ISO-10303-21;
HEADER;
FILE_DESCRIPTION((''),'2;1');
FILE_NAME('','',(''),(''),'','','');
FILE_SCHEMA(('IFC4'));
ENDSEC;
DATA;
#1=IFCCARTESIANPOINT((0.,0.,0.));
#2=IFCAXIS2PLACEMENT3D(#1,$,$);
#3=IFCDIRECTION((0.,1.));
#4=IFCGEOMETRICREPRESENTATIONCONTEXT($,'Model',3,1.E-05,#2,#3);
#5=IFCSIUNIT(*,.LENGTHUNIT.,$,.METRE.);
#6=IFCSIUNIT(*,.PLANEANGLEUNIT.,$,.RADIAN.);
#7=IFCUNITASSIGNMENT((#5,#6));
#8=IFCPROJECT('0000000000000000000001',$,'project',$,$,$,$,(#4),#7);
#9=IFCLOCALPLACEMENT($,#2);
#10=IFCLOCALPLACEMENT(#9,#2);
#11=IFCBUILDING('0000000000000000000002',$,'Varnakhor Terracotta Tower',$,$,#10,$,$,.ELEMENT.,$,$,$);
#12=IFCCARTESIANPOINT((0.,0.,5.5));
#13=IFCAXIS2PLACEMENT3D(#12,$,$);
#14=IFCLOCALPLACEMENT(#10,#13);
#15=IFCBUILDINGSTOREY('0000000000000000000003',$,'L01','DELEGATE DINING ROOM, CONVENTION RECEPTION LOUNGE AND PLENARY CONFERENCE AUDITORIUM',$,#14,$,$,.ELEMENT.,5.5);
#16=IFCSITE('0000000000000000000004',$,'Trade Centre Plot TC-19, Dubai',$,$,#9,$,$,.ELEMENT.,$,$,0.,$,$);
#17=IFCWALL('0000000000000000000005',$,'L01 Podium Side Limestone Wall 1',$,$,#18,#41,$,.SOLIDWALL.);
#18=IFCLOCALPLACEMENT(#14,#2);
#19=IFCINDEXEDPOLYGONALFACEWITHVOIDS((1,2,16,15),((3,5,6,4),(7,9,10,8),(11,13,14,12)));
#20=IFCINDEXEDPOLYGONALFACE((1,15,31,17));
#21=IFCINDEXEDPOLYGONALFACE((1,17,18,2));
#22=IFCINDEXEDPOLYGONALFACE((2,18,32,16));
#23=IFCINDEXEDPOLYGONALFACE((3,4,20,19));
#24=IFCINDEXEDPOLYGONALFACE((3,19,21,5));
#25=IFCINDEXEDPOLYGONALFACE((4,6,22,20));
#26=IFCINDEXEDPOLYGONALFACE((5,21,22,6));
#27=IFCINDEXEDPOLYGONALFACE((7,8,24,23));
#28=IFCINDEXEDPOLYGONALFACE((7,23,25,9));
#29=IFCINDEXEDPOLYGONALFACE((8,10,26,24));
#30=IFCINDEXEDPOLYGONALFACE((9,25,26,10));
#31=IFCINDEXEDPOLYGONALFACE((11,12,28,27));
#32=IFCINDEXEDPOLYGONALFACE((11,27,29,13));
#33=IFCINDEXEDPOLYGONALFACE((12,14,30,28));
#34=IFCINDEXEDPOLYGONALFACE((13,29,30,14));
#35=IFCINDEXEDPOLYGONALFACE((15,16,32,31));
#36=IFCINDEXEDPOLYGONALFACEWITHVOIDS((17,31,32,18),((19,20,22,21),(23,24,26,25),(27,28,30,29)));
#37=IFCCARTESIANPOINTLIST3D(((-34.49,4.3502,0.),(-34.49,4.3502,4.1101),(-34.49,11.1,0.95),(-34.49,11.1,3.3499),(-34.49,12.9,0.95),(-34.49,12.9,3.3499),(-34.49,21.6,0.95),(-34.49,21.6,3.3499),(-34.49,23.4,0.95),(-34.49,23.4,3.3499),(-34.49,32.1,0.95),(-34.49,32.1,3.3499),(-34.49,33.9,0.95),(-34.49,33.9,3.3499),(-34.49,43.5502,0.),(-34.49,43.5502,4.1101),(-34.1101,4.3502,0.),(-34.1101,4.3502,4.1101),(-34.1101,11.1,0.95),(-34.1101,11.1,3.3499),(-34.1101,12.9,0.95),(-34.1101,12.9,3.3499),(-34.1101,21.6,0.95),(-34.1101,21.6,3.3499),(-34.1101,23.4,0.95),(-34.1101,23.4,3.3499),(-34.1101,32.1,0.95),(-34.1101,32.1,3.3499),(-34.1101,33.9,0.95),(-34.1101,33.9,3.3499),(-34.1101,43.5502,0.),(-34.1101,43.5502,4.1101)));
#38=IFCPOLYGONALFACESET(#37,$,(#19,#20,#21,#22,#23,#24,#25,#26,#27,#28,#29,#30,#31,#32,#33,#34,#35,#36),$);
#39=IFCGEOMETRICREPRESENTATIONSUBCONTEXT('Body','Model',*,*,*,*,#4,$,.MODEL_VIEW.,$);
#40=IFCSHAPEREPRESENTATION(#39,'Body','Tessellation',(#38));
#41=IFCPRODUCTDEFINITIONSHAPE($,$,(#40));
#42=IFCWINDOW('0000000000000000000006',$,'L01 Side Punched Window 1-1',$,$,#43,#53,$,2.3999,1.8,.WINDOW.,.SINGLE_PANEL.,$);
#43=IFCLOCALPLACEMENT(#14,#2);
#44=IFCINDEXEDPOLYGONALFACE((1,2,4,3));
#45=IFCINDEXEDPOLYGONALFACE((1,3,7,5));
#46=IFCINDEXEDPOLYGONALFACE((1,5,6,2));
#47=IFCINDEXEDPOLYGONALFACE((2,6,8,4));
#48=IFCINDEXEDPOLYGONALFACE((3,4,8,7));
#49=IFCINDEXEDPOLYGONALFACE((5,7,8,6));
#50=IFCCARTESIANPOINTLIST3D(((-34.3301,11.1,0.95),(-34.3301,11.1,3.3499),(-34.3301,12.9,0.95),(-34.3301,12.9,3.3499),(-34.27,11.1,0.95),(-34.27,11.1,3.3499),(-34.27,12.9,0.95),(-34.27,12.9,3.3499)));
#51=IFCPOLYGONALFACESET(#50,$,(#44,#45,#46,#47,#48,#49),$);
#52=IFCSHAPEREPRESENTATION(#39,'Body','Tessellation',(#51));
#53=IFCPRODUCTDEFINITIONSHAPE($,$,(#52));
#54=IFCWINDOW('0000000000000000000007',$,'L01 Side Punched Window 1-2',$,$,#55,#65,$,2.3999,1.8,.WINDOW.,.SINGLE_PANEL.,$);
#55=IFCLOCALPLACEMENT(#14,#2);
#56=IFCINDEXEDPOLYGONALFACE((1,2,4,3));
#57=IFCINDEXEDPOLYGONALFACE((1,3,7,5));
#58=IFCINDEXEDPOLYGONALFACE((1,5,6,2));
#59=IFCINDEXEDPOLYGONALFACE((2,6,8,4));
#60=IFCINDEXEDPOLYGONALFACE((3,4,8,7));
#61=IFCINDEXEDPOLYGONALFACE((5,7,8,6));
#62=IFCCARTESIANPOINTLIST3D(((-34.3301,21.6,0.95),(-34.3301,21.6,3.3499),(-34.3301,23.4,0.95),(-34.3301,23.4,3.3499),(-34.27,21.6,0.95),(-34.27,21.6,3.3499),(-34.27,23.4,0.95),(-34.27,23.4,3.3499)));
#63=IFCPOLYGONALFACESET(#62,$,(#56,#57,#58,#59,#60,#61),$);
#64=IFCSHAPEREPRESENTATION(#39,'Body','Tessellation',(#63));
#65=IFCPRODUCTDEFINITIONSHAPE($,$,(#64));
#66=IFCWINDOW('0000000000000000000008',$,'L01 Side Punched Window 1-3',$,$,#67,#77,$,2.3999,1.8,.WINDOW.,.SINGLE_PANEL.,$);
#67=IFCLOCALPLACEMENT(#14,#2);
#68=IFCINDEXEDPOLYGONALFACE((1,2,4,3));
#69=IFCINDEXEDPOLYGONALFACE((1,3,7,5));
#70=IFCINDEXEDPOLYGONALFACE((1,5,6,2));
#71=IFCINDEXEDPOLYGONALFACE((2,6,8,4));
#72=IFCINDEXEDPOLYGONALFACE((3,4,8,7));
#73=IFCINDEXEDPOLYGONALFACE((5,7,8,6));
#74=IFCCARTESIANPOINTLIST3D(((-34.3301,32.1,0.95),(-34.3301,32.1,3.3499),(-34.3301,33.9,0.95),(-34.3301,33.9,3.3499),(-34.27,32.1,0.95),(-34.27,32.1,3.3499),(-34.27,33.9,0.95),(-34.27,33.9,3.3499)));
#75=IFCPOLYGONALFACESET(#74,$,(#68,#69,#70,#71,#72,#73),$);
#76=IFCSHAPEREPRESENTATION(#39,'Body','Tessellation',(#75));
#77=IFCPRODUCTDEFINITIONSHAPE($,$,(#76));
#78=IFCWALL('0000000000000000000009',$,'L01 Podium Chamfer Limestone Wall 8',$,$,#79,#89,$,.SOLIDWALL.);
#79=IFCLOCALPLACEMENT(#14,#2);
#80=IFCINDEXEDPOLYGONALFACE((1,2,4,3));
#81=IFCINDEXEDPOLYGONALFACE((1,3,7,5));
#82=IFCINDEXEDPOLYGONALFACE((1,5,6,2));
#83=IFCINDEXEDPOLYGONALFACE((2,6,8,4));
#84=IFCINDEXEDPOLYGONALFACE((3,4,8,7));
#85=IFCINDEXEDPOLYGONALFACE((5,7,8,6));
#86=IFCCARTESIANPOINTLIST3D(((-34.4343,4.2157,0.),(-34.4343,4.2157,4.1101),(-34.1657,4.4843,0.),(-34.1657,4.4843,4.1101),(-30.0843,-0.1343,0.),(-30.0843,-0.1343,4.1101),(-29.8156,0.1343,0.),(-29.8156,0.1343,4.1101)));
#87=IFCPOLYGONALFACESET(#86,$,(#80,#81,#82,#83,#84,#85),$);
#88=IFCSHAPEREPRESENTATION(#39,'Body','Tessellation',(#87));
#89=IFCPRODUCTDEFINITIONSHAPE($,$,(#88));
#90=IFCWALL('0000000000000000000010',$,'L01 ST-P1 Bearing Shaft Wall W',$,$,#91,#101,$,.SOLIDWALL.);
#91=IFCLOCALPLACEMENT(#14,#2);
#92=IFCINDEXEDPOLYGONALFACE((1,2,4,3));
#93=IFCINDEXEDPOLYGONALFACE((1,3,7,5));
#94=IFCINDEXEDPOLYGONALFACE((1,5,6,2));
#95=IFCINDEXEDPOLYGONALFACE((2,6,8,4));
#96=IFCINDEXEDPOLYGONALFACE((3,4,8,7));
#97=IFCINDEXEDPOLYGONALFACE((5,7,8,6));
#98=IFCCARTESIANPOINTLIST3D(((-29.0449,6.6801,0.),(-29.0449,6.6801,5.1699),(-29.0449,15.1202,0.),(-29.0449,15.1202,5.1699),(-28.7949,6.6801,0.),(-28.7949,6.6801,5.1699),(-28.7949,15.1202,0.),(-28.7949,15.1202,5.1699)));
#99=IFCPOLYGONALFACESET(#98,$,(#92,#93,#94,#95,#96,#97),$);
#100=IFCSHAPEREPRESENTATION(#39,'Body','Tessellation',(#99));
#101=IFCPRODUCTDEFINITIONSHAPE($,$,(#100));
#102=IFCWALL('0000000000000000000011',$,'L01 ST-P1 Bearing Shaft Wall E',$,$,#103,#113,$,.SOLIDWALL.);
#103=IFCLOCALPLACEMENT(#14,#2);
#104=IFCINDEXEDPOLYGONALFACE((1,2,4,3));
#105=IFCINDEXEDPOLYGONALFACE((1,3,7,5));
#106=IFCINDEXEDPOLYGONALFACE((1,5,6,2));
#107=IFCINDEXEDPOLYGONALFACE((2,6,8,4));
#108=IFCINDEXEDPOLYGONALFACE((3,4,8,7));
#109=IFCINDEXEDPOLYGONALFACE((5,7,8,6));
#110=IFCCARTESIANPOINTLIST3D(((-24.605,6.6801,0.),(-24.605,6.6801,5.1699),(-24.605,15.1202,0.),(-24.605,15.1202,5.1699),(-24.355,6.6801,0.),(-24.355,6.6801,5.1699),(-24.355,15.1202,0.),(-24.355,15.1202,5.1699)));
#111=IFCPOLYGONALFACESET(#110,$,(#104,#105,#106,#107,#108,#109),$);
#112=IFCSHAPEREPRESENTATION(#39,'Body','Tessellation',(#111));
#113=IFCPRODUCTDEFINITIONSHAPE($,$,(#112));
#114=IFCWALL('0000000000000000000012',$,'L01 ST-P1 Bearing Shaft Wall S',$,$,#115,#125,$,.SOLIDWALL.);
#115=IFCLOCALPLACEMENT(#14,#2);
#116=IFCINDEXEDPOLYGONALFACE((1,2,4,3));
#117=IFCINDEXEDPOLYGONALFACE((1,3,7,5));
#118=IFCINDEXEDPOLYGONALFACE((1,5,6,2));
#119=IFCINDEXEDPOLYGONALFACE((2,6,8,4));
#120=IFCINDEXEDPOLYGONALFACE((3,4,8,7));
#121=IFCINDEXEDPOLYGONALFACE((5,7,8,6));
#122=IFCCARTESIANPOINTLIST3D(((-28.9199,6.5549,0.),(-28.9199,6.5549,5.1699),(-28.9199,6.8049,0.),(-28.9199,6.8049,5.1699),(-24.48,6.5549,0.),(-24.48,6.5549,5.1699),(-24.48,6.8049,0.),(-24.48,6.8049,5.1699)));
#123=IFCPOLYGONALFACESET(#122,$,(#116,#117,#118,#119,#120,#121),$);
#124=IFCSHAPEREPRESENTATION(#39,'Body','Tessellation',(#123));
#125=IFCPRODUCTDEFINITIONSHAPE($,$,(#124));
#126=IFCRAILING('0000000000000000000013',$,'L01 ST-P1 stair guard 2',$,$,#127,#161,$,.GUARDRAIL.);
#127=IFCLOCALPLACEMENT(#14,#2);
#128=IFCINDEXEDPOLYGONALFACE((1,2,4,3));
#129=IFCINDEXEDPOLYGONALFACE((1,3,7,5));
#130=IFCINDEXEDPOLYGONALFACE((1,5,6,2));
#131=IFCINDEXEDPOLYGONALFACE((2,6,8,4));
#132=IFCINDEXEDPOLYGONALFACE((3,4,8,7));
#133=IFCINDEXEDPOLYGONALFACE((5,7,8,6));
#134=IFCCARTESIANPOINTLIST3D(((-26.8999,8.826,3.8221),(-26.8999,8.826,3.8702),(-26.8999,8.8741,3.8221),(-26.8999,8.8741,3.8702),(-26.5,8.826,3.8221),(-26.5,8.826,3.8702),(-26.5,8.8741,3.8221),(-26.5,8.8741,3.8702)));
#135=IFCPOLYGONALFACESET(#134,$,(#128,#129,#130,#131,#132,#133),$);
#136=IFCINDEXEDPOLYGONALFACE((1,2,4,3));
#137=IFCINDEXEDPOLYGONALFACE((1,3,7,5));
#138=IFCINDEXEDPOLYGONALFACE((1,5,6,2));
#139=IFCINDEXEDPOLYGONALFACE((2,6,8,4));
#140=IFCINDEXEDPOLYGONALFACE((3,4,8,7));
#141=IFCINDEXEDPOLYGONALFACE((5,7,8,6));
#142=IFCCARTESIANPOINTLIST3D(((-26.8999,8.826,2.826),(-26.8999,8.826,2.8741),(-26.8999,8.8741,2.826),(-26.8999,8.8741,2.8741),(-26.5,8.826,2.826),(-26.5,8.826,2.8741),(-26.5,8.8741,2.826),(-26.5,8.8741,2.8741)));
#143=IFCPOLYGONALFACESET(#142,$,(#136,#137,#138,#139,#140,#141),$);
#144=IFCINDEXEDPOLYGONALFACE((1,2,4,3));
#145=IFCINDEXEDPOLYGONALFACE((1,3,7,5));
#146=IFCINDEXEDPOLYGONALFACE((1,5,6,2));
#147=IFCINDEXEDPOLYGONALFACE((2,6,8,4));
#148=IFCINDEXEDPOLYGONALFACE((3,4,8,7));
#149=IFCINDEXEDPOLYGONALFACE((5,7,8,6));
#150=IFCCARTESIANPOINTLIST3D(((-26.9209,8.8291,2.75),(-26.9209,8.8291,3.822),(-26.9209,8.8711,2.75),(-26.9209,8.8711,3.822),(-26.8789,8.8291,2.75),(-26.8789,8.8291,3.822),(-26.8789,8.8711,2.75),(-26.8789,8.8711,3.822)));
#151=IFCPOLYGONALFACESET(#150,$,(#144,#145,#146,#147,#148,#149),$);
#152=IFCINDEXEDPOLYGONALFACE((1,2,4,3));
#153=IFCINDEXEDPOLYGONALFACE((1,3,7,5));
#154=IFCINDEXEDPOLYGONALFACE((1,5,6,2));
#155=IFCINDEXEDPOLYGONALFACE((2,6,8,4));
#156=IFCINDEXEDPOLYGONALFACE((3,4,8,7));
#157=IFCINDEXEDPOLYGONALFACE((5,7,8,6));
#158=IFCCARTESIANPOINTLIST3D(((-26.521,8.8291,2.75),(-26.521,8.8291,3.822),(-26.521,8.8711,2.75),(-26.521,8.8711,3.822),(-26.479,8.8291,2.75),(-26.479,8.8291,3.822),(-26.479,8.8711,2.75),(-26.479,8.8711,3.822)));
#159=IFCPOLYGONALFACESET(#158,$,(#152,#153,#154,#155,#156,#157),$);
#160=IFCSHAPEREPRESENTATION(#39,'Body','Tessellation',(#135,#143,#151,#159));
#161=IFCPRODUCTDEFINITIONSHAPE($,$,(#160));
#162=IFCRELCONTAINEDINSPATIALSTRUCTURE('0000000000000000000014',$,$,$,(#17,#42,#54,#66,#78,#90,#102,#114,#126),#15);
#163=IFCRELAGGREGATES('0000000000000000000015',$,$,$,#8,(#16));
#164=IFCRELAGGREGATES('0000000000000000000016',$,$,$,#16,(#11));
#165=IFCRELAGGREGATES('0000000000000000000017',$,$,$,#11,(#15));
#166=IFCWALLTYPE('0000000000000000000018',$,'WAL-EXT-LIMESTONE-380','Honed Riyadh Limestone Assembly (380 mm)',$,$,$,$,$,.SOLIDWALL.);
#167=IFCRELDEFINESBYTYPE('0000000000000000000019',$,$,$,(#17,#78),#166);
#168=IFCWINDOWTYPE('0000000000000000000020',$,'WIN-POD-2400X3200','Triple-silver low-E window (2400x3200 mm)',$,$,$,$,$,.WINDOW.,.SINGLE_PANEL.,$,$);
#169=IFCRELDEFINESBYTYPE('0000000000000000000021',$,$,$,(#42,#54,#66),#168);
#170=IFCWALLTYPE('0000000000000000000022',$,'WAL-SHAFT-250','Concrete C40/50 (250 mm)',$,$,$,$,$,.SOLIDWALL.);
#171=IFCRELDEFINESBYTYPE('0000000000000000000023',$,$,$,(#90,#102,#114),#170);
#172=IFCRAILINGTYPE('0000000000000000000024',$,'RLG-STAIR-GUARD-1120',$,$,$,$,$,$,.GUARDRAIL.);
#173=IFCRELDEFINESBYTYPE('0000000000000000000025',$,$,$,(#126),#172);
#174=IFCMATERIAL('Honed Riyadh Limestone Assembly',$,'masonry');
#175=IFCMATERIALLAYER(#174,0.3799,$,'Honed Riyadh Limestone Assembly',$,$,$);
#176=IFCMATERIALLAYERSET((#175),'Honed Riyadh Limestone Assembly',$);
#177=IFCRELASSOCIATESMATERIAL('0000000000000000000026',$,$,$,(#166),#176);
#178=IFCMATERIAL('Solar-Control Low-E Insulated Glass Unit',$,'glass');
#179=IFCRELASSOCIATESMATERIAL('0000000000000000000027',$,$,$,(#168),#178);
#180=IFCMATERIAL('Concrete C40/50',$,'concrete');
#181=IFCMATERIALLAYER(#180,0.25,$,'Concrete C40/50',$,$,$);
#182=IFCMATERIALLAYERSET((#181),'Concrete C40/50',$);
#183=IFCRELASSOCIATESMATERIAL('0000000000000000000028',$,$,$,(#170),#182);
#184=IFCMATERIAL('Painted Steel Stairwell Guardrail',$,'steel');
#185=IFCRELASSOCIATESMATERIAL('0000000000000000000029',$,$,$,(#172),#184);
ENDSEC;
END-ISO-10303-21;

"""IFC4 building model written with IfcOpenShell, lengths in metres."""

from ifc_helpers import new_model, si_unit, direction, frame, frame_2d, origin, origin_2d, place, context, subcontext, project, spatial, rectangle, extrude, source, transform, mapped, material, layer, layer_set, type_object, type_shapes, element, fill, save


model = new_model("IFC4")

# Units and contexts
model_context = context("Model", 3, precision=1e-05, world=origin(), true_north=direction((0.0, 1.0)))
body_context = subcontext(model_context, "Body", "Model", "MODEL_VIEW")
ifc_project = project(units=[si_unit("LENGTHUNIT", "METRE"), si_unit("PLANEANGLEUNIT", "RADIAN")], contexts=[model_context])

# Site, building, storey
site_placement = place(None, origin())
site = spatial("IfcSite", under=ifc_project, at=site_placement, Name="Trade Centre Plot TC-19, Dubai", CompositionType="ELEMENT", RefElevation=0.0)
building_placement = place(site_placement, origin())
building = spatial("IfcBuilding", under=site, at=building_placement, Name="Varnakhor Terracotta Tower", CompositionType="ELEMENT")
storey_placement = place(building_placement, frame((0.0, 0.0, 5.5)))
storey = spatial("IfcBuildingStorey", under=building, at=storey_placement, Name="L01", Description="DELEGATE DINING ROOM, CONVENTION RECEPTION LOUNGE AND PLENARY CONFERENCE AUDITORIUM", CompositionType="ELEMENT", Elevation=5.5)

# Wall, openings, windows
ifc_material_1 = material(Name="Honed Riyadh Limestone Assembly", Category="masonry")
ifc_layer_1 = layer(ifc_material_1, 0.3799, Name="Honed Riyadh Limestone Assembly")
ifc_layer_set_1 = layer_set([ifc_layer_1], Name="Honed Riyadh Limestone Assembly")
wall_type_1 = type_object("IfcWallType", Name="WAL-EXT-LIMESTONE-380", Description="Honed Riyadh Limestone Assembly (380 mm)", PredefinedType="SOLIDWALL", material=ifc_layer_set_1)
wall_1_placement = place(storey_placement, frame((-34.3, 4.3501, 0.0), z_axis=(0.0, 0.0, 1.0), x_axis=(0.0, 1.0, 0.0)))
wall_1 = element("IfcWall", 1, at=wall_1_placement, inside=storey, type_object=wall_type_1, Name="L01 Podium Side Limestone Wall 1", PredefinedType="SOLIDWALL", context=body_context, shape_type="SweptSolid", body=[
    extrude(rectangle(XDim=39.2, YDim=0.3799, at=frame_2d((19.6001, 0.0))), origin(), (0.0, 0.0, 1.0), 4.1101),
])
opening_1_placement = place(wall_1_placement, frame((6.75, 0.0, 0.95)))
opening_1 = element("IfcOpeningElement", 2, at=opening_1_placement, cuts=wall_1, PredefinedType="OPENING", context=body_context, shape_type="SweptSolid", body=[
    extrude(rectangle(XDim=1.8, YDim=2.3999, at=frame_2d((0.8999, 1.2))), frame((0.0, 0.2, 0.0), z_axis=(0.0, -1.0, 0.0), x_axis=(1.0, 0.0, 0.0)), (0.0, 0.0, 1.0), 0.3999),
])
opening_2_placement = place(wall_1_placement, frame((17.25, 0.0, 0.95)))
opening_2 = element("IfcOpeningElement", 3, at=opening_2_placement, cuts=wall_1, PredefinedType="OPENING", context=body_context, shape_type="SweptSolid", body=[
    extrude(rectangle(XDim=1.8, YDim=2.3999, at=frame_2d((0.8999, 1.2))), frame((0.0, 0.2, 0.0), z_axis=(0.0, -1.0, 0.0), x_axis=(1.0, 0.0, 0.0)), (0.0, 0.0, 1.0), 0.3999),
])
opening_3_placement = place(wall_1_placement, frame((27.75, 0.0, 0.95)))
opening_3 = element("IfcOpeningElement", 4, at=opening_3_placement, cuts=wall_1, PredefinedType="OPENING", context=body_context, shape_type="SweptSolid", body=[
    extrude(rectangle(XDim=1.8, YDim=2.3999, at=frame_2d((0.8999, 1.2))), frame((0.0, 0.2, 0.0), z_axis=(0.0, -1.0, 0.0), x_axis=(1.0, 0.0, 0.0)), (0.0, 0.0, 1.0), 0.3999),
])
ifc_material_2 = material(Name="Solar-Control Low-E Insulated Glass Unit", Category="glass")
window_type = type_object("IfcWindowType", Name="WIN-POD-2400X3200", Description="Triple-silver low-E window (2400x3200 mm)", PartitioningType="SINGLE_PANEL", PredefinedType="WINDOW", material=ifc_material_2)
shared_shape_1 = source(origin(), body_context, "Body", "SweptSolid", [
    extrude(rectangle(XDim=1.8, YDim=2.3999, at=frame_2d((0.8999, 1.2))), frame((0.0, 0.03, 0.0), z_axis=(0.0, -1.0, 0.0), x_axis=(1.0, 0.0, 0.0)), (0.0, 0.0, 1.0), 0.0601),
])
type_shapes(window_type, [shared_shape_1])
window_1_placement = place(opening_1_placement, origin())
window_1 = element("IfcWindow", 5, at=window_1_placement, inside=storey, type_object=window_type, Name="L01 Side Punched Window 1-1", OverallHeight=2.3999, OverallWidth=1.8, PartitioningType="SINGLE_PANEL", PredefinedType="WINDOW", context=body_context, shape_type="MappedRepresentation", body=[
    mapped(shared_shape_1, transform((0.0, 0.0, 0.0), scale=1.0)),
])
fill(opening_1, window_1)
window_2_placement = place(opening_2_placement, origin())
window_2 = element("IfcWindow", 6, at=window_2_placement, inside=storey, type_object=window_type, Name="L01 Side Punched Window 1-2", OverallHeight=2.3999, OverallWidth=1.8, PartitioningType="SINGLE_PANEL", PredefinedType="WINDOW", context=body_context, shape_type="MappedRepresentation", body=[
    mapped(shared_shape_1, transform((0.0, 0.0, 0.0), scale=1.0)),
])
fill(opening_2, window_2)
window_3_placement = place(opening_3_placement, origin())
window_3 = element("IfcWindow", 7, at=window_3_placement, inside=storey, type_object=window_type, Name="L01 Side Punched Window 1-3", OverallHeight=2.3999, OverallWidth=1.8, PartitioningType="SINGLE_PANEL", PredefinedType="WINDOW", context=body_context, shape_type="MappedRepresentation", body=[
    mapped(shared_shape_1, transform((0.0, 0.0, 0.0), scale=1.0)),
])
fill(opening_3, window_3)

# Walls
wall_2_placement = place(storey_placement, frame((-29.95, 0.0, 0.0), z_axis=(0.0, 0.0, 1.0), x_axis=(-0.707107, 0.707107, 0.0)))
element("IfcWall", 8, at=wall_2_placement, inside=storey, type_object=wall_type_1, Name="L01 Podium Chamfer Limestone Wall 8", PredefinedType="SOLIDWALL", context=body_context, shape_type="SweptSolid", body=[
    extrude(rectangle(XDim=6.1519, YDim=0.3799, at=frame_2d((3.0759, 0.0))), origin(), (0.0, 0.0, 1.0), 4.1101),
])
ifc_material_3 = material(Name="Concrete C40/50", Category="concrete")
ifc_layer_2 = layer(ifc_material_3, 0.25, Name="Concrete C40/50")
ifc_layer_set_2 = layer_set([ifc_layer_2], Name="Concrete C40/50")
wall_type_2 = type_object("IfcWallType", Name="WAL-SHAFT-250", Description="Concrete C40/50 (250 mm)", PredefinedType="SOLIDWALL", material=ifc_layer_set_2)
for number, where, z_axis, x_axis, name in (
    (9, (-28.9199, 6.6799, 0.0), (0.0, 0.0, 1.0), (0.0, 1.0, 0.0), "L01 ST-P1 Bearing Shaft Wall W"),
    (10, (-24.48, 6.6799, 0.0), (0.0, 0.0, 1.0), (0.0, 1.0, 0.0), "L01 ST-P1 Bearing Shaft Wall E"),
):
    element("IfcWall", number, at=place(storey_placement, frame(where, z_axis=z_axis, x_axis=x_axis)), inside=storey, type_object=wall_type_2, Name=name, PredefinedType="SOLIDWALL", context=body_context, shape_type="SweptSolid", body=[
        extrude(rectangle(XDim=8.4402, YDim=0.25, at=frame_2d((4.2202, 0.0))), origin(), (0.0, 0.0, 1.0), 5.1699),
    ])
wall_3_placement = place(storey_placement, frame((-28.9199, 6.6799, 0.0), z_axis=(0.0, 0.0, 1.0), x_axis=(1.0, 0.0, 0.0)))
element("IfcWall", 11, at=wall_3_placement, inside=storey, type_object=wall_type_2, Name="L01 ST-P1 Bearing Shaft Wall S", PredefinedType="SOLIDWALL", context=body_context, shape_type="SweptSolid", body=[
    extrude(rectangle(XDim=4.4399, YDim=0.25, at=frame_2d((2.22, 0.0))), origin(), (0.0, 0.0, 1.0), 5.1699),
])

# Railing
ifc_material_4 = material(Name="Painted Steel Stairwell Guardrail", Category="steel")
railing_type = type_object("IfcRailingType", Name="RLG-STAIR-GUARD-1120", PredefinedType="GUARDRAIL", material=ifc_material_4)
railing_1_placement = place(storey_placement, frame((-26.8999, 8.8501, 2.75)))
element("IfcRailing", 12, at=railing_1_placement, inside=storey, type_object=railing_type, Name="L01 ST-P1 stair guard 2", PredefinedType="GUARDRAIL", context=body_context, shape_type="SweptSolid", body=[
    extrude(rectangle(XDim=0.0481, YDim=0.0481, at=origin_2d()), frame((0.0, 0.0, 1.0962), z_axis=(1.0, 0.0, 0.0), x_axis=(0.0, 1.0, 0.0)), (0.0, 0.0, 1.0), 0.3999),
    extrude(rectangle(XDim=0.0481, YDim=0.0481, at=origin_2d()), frame((0.0, 0.0, 0.1001), z_axis=(1.0, 0.0, 0.0), x_axis=(0.0, 1.0, 0.0)), (0.0, 0.0, 1.0), 0.3999),
    extrude(rectangle(XDim=0.042, YDim=0.042, at=origin_2d()), origin(), (0.0, 0.0, 1.0), 1.072),
    extrude(rectangle(XDim=0.042, YDim=0.042, at=origin_2d()), frame((0.3999, 0.0, 0.0)), (0.0, 0.0, 1.0), 1.072),
])

save(model, "model.ifc")
